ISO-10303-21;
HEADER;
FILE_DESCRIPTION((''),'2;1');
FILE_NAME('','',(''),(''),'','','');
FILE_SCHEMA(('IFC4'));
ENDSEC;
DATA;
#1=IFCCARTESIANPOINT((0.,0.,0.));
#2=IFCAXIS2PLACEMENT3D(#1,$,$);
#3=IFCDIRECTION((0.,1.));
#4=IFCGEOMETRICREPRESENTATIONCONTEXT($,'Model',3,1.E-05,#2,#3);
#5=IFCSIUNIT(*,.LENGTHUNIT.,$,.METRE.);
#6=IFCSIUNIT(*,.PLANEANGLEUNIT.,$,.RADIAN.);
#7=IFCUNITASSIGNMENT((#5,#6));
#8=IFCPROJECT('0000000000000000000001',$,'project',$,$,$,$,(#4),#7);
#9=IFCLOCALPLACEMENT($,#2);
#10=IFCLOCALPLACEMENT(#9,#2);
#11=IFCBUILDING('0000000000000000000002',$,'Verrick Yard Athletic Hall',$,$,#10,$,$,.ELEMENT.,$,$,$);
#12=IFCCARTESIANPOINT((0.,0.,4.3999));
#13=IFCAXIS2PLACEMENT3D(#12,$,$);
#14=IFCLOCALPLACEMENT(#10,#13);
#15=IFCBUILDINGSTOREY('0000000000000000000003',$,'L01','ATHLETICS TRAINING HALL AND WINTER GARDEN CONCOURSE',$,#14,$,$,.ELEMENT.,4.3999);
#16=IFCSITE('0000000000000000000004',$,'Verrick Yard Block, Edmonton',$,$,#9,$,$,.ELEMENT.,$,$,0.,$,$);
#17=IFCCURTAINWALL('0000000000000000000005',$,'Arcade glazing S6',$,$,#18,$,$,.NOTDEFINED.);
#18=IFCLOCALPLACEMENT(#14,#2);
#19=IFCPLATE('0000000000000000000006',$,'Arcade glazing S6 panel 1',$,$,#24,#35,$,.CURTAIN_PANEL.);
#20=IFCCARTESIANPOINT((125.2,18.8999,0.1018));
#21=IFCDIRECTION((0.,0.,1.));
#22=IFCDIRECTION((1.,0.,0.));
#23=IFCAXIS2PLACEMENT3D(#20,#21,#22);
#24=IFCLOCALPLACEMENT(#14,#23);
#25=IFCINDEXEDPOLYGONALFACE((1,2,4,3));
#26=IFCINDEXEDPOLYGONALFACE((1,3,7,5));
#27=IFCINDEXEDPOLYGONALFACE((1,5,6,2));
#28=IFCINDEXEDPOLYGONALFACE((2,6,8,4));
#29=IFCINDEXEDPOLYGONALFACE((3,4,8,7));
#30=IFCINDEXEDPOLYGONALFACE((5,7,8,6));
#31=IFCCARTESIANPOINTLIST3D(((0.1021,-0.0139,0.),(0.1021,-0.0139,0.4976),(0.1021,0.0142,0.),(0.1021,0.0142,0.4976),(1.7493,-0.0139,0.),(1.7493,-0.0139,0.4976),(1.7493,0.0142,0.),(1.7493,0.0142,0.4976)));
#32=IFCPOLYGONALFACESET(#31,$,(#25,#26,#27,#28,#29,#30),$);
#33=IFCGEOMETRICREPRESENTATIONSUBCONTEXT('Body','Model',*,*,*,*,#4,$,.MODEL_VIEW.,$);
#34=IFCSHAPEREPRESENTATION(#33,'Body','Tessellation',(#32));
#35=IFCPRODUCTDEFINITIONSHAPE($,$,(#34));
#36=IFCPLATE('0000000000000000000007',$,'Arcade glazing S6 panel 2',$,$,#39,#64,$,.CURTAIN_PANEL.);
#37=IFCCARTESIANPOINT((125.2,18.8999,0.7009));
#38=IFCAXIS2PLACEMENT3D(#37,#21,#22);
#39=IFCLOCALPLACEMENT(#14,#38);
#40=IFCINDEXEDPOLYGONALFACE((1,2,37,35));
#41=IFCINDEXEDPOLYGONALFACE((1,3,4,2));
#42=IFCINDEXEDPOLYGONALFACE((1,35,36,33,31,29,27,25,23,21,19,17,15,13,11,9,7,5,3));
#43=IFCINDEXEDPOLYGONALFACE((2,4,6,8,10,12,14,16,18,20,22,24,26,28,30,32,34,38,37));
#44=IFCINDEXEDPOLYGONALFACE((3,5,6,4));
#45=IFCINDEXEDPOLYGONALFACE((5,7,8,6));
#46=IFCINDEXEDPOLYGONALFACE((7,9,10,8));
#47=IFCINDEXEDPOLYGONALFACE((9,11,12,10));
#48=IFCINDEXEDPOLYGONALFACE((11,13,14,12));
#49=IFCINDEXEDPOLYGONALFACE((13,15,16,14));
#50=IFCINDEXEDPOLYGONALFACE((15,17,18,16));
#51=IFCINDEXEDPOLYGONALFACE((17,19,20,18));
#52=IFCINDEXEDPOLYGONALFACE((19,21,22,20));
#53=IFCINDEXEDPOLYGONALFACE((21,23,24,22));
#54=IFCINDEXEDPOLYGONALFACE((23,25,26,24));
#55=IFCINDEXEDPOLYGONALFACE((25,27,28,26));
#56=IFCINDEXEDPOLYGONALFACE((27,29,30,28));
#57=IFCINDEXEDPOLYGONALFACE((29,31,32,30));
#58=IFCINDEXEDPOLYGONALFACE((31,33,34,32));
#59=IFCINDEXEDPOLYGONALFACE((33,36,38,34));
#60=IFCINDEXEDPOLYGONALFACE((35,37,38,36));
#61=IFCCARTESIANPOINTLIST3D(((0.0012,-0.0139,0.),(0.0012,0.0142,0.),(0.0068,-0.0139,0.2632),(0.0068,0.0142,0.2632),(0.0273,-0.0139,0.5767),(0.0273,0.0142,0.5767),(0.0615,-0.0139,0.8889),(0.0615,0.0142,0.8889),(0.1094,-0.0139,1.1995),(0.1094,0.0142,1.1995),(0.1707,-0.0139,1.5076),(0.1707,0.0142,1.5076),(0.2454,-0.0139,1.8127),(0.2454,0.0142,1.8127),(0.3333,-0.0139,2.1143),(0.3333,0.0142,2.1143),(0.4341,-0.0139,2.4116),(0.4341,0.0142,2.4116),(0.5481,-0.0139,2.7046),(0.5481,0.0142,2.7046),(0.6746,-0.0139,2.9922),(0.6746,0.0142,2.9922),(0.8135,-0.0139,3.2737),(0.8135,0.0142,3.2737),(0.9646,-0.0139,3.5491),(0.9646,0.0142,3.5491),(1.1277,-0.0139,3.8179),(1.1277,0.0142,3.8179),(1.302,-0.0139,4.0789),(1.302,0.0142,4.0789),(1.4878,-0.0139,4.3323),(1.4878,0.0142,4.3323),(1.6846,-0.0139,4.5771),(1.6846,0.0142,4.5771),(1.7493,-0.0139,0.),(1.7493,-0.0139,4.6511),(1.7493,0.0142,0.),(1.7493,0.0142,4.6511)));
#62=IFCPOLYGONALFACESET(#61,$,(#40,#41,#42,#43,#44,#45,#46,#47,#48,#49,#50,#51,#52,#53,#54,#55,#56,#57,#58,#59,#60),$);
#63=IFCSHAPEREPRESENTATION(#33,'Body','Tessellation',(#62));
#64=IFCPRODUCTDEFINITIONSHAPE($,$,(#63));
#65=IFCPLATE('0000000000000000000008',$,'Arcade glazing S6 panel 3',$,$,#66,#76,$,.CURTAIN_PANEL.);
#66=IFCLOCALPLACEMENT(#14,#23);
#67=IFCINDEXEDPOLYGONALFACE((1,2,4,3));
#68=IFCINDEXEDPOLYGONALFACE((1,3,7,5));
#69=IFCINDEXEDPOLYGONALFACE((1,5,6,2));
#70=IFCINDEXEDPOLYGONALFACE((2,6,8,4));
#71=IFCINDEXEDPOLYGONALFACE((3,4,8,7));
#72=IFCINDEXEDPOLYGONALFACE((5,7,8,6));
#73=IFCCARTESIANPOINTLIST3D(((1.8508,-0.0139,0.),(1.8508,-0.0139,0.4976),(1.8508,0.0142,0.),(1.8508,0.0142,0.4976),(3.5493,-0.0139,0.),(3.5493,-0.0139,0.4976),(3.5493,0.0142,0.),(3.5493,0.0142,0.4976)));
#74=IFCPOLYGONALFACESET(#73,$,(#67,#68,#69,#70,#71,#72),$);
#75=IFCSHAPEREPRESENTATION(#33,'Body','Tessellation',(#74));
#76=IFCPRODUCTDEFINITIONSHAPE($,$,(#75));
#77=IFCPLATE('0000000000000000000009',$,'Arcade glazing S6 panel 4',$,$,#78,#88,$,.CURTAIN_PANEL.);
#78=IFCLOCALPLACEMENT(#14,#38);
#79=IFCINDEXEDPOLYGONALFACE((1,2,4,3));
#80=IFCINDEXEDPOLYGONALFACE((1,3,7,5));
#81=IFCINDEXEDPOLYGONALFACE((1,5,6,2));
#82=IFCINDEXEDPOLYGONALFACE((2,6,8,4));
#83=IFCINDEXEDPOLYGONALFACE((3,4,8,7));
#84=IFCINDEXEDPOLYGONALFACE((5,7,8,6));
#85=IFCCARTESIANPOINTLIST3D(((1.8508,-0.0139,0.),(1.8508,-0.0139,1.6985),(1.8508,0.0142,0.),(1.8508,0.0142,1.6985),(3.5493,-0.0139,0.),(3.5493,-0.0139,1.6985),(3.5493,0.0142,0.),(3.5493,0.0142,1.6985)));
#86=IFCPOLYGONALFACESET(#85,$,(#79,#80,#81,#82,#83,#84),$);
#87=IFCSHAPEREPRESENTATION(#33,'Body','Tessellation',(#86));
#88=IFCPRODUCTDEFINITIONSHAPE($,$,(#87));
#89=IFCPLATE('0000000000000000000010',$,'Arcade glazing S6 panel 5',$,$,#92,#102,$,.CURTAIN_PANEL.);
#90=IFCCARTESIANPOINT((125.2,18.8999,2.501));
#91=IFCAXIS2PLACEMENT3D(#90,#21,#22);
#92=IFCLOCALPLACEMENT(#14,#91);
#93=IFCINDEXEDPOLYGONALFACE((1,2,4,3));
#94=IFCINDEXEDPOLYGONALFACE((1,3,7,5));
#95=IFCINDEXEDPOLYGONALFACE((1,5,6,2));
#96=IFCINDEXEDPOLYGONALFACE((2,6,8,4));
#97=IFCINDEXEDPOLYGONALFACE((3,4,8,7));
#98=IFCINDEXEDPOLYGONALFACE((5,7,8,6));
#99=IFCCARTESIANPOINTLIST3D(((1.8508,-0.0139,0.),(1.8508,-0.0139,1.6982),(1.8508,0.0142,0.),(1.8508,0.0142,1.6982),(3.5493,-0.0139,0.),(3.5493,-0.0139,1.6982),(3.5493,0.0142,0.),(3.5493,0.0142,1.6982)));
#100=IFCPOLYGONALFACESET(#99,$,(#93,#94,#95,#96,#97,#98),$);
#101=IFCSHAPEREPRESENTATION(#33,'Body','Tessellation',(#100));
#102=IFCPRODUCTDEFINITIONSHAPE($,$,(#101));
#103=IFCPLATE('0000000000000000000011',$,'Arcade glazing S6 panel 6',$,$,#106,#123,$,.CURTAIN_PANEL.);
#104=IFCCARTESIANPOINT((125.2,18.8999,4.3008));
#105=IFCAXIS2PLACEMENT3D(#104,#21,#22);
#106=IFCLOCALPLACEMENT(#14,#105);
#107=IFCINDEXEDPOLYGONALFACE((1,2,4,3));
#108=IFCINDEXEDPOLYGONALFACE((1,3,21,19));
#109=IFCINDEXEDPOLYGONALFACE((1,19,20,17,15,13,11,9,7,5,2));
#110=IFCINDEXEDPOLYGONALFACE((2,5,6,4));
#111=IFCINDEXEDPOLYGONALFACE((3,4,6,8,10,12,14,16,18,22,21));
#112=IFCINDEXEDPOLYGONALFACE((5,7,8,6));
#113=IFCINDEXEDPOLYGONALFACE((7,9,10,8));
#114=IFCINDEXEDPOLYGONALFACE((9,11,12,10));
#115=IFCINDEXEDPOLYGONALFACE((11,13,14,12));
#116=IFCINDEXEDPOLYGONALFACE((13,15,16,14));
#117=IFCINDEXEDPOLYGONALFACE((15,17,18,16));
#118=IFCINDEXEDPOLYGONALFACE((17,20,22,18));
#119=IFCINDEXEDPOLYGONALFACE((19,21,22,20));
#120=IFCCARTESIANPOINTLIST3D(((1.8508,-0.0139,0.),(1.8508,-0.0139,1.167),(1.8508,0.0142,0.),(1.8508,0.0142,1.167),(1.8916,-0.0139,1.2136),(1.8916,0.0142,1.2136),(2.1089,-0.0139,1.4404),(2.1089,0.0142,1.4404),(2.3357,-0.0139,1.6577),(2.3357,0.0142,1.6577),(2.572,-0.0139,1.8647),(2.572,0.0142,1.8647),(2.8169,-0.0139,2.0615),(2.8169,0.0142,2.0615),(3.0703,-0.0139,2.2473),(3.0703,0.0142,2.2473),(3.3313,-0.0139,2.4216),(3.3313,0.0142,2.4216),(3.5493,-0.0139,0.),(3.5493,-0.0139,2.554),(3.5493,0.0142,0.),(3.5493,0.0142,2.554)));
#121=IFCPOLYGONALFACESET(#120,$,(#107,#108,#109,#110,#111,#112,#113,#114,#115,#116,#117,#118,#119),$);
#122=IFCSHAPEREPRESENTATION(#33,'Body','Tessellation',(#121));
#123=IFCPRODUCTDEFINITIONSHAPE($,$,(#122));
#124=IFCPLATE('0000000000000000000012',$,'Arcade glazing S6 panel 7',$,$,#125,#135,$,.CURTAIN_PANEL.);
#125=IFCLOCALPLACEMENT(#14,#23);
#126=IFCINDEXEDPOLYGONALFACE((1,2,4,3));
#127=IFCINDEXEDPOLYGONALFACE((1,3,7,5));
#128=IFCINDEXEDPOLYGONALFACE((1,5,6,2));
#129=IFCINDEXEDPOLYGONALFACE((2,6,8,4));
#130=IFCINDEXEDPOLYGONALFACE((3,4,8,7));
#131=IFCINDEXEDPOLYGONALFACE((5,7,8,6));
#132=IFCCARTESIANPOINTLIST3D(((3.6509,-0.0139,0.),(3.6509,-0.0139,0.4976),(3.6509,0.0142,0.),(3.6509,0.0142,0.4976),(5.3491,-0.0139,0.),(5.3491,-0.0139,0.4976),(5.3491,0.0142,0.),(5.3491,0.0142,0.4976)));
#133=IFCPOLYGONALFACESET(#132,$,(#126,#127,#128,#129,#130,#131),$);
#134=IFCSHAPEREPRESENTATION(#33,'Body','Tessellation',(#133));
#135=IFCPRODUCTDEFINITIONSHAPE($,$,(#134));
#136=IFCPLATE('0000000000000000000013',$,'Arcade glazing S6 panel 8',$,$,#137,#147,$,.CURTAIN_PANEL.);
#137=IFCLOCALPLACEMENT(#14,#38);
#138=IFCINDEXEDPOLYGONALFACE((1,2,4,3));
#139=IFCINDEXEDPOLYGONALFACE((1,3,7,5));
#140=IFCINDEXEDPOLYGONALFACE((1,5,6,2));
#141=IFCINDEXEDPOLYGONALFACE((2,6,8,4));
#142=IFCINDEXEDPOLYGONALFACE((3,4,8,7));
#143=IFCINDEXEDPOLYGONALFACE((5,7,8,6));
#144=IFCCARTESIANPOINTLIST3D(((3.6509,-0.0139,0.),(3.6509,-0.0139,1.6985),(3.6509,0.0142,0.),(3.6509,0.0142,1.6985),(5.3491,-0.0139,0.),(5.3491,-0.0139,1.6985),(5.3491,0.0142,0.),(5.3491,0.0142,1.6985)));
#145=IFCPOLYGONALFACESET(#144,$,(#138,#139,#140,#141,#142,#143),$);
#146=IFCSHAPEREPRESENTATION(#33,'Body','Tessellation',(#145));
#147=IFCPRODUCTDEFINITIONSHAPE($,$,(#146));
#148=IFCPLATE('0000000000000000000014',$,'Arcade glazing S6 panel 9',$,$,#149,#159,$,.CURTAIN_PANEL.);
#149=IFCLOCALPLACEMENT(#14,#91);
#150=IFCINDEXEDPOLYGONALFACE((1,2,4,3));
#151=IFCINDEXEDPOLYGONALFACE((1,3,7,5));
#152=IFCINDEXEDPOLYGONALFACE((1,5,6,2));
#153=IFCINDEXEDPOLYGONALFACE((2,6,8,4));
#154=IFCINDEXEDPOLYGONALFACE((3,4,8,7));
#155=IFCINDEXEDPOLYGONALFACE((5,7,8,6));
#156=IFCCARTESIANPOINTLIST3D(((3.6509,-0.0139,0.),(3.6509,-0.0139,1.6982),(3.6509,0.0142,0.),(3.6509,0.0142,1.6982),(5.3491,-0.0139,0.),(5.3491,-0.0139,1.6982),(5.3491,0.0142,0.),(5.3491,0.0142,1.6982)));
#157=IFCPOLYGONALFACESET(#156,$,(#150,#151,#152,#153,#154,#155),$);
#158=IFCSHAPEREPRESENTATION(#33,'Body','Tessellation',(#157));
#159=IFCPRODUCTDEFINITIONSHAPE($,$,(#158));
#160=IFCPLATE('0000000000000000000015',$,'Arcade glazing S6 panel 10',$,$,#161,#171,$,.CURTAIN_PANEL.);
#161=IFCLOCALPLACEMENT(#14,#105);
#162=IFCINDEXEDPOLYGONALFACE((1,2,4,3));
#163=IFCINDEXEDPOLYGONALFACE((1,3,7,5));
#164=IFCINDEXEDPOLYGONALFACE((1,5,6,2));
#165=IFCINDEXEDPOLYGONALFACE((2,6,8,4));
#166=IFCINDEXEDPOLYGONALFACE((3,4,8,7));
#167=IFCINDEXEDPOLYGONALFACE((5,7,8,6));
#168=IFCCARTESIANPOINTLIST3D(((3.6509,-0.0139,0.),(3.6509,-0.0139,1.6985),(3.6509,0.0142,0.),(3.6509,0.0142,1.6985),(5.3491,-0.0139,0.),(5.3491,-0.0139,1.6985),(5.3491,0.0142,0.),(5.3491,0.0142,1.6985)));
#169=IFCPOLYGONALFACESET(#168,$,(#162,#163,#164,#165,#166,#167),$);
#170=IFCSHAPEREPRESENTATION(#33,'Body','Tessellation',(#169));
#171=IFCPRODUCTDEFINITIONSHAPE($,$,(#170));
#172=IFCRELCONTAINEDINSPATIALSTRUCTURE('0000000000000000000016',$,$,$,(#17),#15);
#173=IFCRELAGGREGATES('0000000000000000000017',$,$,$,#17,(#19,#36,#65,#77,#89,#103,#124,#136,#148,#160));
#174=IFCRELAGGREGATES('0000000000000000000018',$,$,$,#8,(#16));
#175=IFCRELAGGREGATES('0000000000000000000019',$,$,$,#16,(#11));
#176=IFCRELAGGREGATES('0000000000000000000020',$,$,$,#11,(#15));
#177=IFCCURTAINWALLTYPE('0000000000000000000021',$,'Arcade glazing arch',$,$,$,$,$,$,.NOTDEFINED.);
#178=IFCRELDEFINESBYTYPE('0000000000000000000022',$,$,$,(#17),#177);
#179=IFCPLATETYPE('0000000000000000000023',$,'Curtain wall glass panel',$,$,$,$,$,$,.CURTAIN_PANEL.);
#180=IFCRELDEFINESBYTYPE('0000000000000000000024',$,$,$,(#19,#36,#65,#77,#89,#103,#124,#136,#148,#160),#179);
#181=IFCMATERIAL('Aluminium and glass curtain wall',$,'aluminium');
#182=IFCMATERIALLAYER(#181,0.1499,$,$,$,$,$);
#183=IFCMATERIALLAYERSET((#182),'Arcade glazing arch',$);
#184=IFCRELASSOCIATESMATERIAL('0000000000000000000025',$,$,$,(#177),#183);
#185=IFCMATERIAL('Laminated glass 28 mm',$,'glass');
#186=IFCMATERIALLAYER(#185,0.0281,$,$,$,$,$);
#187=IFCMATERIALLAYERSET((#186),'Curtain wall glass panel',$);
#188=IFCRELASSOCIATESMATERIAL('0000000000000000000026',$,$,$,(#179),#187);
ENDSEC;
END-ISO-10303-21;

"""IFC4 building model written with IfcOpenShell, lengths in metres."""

from ifc_helpers import new_model, si_unit, direction, frame, origin, place, context, subcontext, project, spatial, polyline, outline, extrude, material, layer, layer_set, type_object, element, aggregate, save


model = new_model("IFC4")

# Units and contexts
model_context = context("Model", 3, precision=1e-05, world=origin(), true_north=direction((0.0, 1.0)))
body_context = subcontext(model_context, "Body", "Model", "MODEL_VIEW")
ifc_project = project(units=[si_unit("LENGTHUNIT", "METRE"), si_unit("PLANEANGLEUNIT", "RADIAN")], contexts=[model_context])

# Site, building, storey
site_placement = place(None, origin())
site = spatial("IfcSite", under=ifc_project, at=site_placement, Name="Verrick Yard Block, Edmonton", CompositionType="ELEMENT", RefElevation=0.0)
building_placement = place(site_placement, origin())
building = spatial("IfcBuilding", under=site, at=building_placement, Name="Verrick Yard Athletic Hall", CompositionType="ELEMENT")
storey_placement = place(building_placement, frame((0.0, 0.0, 4.3999)))
storey = spatial("IfcBuildingStorey", under=building, at=storey_placement, Name="L01", Description="ATHLETICS TRAINING HALL AND WINTER GARDEN CONCOURSE", CompositionType="ELEMENT", Elevation=4.3999)

# Shared definitions
ifc_material_1 = material(Name="Aluminium and glass curtain wall", Category="aluminium")
ifc_layer_1 = layer(ifc_material_1, 0.1499)
ifc_layer_set_1 = layer_set([ifc_layer_1], Name="Arcade glazing arch")
curtain_wall_type = type_object("IfcCurtainWallType", Name="Arcade glazing arch", PredefinedType="NOTDEFINED", material=ifc_layer_set_1)

# Curtain wall, plates
curtain_wall_1_placement = place(storey_placement, origin())
curtain_wall_1 = element("IfcCurtainWall", 1, at=curtain_wall_1_placement, inside=storey, type_object=curtain_wall_type, Name="Arcade glazing S6", PredefinedType="NOTDEFINED")
ifc_material_2 = material(Name="Laminated glass 28 mm", Category="glass")
ifc_layer_2 = layer(ifc_material_2, 0.0281)
ifc_layer_set_2 = layer_set([ifc_layer_2], Name="Curtain wall glass panel")
plate_type = type_object("IfcPlateType", Name="Curtain wall glass panel", PredefinedType="CURTAIN_PANEL", material=ifc_layer_set_2)
plate_1_placement = place(storey_placement, frame((125.2, 18.8999, 0.1018), z_axis=(0.0, 0.0, 1.0), x_axis=(1.0, 0.0, 0.0)))
plate_1 = element("IfcPlate", 2, at=plate_1_placement, type_object=plate_type, Name="Arcade glazing S6 panel 1", PredefinedType="CURTAIN_PANEL", context=body_context, shape_type="SweptSolid", body=[
    extrude(outline(polyline([(1.7493, 0.0), (1.7493, 0.4976), (0.1021, 0.4976), (0.1021, 0.0), (1.7493, 0.0)])), frame((0.0, 0.0142, 0.0), z_axis=(0.0, -1.0, 0.0), x_axis=(1.0, 0.0, 0.0)), (0.0, 0.0, 1.0), 0.0281),
])
plate_2_placement = place(storey_placement, frame((125.2, 18.8999, 0.7009), z_axis=(0.0, 0.0, 1.0), x_axis=(1.0, 0.0, 0.0)))
plate_2 = element("IfcPlate", 3, at=plate_2_placement, type_object=plate_type, Name="Arcade glazing S6 panel 2", PredefinedType="CURTAIN_PANEL", context=body_context, shape_type="SweptSolid", body=[
    extrude(outline(polyline([(1.7493, 4.6511), (1.6846, 4.5771), (1.4878, 4.3323), (1.302, 4.0789), (1.1277, 3.8179), (0.9646, 3.5491), (0.8135, 3.2737), (0.6746, 2.9922), (0.5481, 2.7046), (0.4341, 2.4116), (0.3333, 2.1143), (0.2454, 1.8127), (0.1707, 1.5076), (0.1094, 1.1995), (0.0615, 0.8889), (0.0273, 0.5767), (0.0068, 0.2632), (0.0012, 0.0), (1.7493, 0.0), (1.7493, 4.6511)])), frame((0.0, 0.0142, 0.0), z_axis=(0.0, -1.0, 0.0), x_axis=(1.0, 0.0, 0.0)), (0.0, 0.0, 1.0), 0.0281),
])
plate_3_placement = place(storey_placement, frame((125.2, 18.8999, 0.1018), z_axis=(0.0, 0.0, 1.0), x_axis=(1.0, 0.0, 0.0)))
plate_3 = element("IfcPlate", 4, at=plate_3_placement, type_object=plate_type, Name="Arcade glazing S6 panel 3", PredefinedType="CURTAIN_PANEL", context=body_context, shape_type="SweptSolid", body=[
    extrude(outline(polyline([(3.5493, 0.0), (3.5493, 0.4976), (1.8508, 0.4976), (1.8508, 0.0), (3.5493, 0.0)])), frame((0.0, 0.0142, 0.0), z_axis=(0.0, -1.0, 0.0), x_axis=(1.0, 0.0, 0.0)), (0.0, 0.0, 1.0), 0.0281),
])
plate_4_placement = place(storey_placement, frame((125.2, 18.8999, 0.7009), z_axis=(0.0, 0.0, 1.0), x_axis=(1.0, 0.0, 0.0)))
plate_4 = element("IfcPlate", 5, at=plate_4_placement, type_object=plate_type, Name="Arcade glazing S6 panel 4", PredefinedType="CURTAIN_PANEL", context=body_context, shape_type="SweptSolid", body=[
    extrude(outline(polyline([(3.5493, 0.0), (3.5493, 1.6985), (1.8508, 1.6985), (1.8508, 0.0), (3.5493, 0.0)])), frame((0.0, 0.0142, 0.0), z_axis=(0.0, -1.0, 0.0), x_axis=(1.0, 0.0, 0.0)), (0.0, 0.0, 1.0), 0.0281),
])
plate_5_placement = place(storey_placement, frame((125.2, 18.8999, 2.501), z_axis=(0.0, 0.0, 1.0), x_axis=(1.0, 0.0, 0.0)))
plate_5 = element("IfcPlate", 6, at=plate_5_placement, type_object=plate_type, Name="Arcade glazing S6 panel 5", PredefinedType="CURTAIN_PANEL", context=body_context, shape_type="SweptSolid", body=[
    extrude(outline(polyline([(3.5493, 0.0), (3.5493, 1.6982), (1.8508, 1.6982), (1.8508, 0.0), (3.5493, 0.0)])), frame((0.0, 0.0142, 0.0), z_axis=(0.0, -1.0, 0.0), x_axis=(1.0, 0.0, 0.0)), (0.0, 0.0, 1.0), 0.0281),
])
plate_6_placement = place(storey_placement, frame((125.2, 18.8999, 4.3008), z_axis=(0.0, 0.0, 1.0), x_axis=(1.0, 0.0, 0.0)))
plate_6 = element("IfcPlate", 7, at=plate_6_placement, type_object=plate_type, Name="Arcade glazing S6 panel 6", PredefinedType="CURTAIN_PANEL", context=body_context, shape_type="SweptSolid", body=[
    extrude(outline(polyline([(3.5493, 2.554), (3.3313, 2.4216), (3.0703, 2.2473), (2.8169, 2.0615), (2.572, 1.8647), (2.3357, 1.6577), (2.1089, 1.4404), (1.8916, 1.2136), (1.8508, 1.167), (1.8508, 0.0), (3.5493, 0.0), (3.5493, 2.554)])), frame((0.0, 0.0142, 0.0), z_axis=(0.0, -1.0, 0.0), x_axis=(1.0, 0.0, 0.0)), (0.0, 0.0, 1.0), 0.0281),
])
plate_7_placement = place(storey_placement, frame((125.2, 18.8999, 0.1018), z_axis=(0.0, 0.0, 1.0), x_axis=(1.0, 0.0, 0.0)))
plate_7 = element("IfcPlate", 8, at=plate_7_placement, type_object=plate_type, Name="Arcade glazing S6 panel 7", PredefinedType="CURTAIN_PANEL", context=body_context, shape_type="SweptSolid", body=[
    extrude(outline(polyline([(5.3491, 0.0), (5.3491, 0.4976), (3.6509, 0.4976), (3.6509, 0.0), (5.3491, 0.0)])), frame((0.0, 0.0142, 0.0), z_axis=(0.0, -1.0, 0.0), x_axis=(1.0, 0.0, 0.0)), (0.0, 0.0, 1.0), 0.0281),
])
plate_8_placement = place(storey_placement, frame((125.2, 18.8999, 0.7009), z_axis=(0.0, 0.0, 1.0), x_axis=(1.0, 0.0, 0.0)))
plate_8 = element("IfcPlate", 9, at=plate_8_placement, type_object=plate_type, Name="Arcade glazing S6 panel 8", PredefinedType="CURTAIN_PANEL", context=body_context, shape_type="SweptSolid", body=[
    extrude(outline(polyline([(5.3491, 0.0), (5.3491, 1.6985), (3.6509, 1.6985), (3.6509, 0.0), (5.3491, 0.0)])), frame((0.0, 0.0142, 0.0), z_axis=(0.0, -1.0, 0.0), x_axis=(1.0, 0.0, 0.0)), (0.0, 0.0, 1.0), 0.0281),
])
plate_9_placement = place(storey_placement, frame((125.2, 18.8999, 2.501), z_axis=(0.0, 0.0, 1.0), x_axis=(1.0, 0.0, 0.0)))
plate_9 = element("IfcPlate", 10, at=plate_9_placement, type_object=plate_type, Name="Arcade glazing S6 panel 9", PredefinedType="CURTAIN_PANEL", context=body_context, shape_type="SweptSolid", body=[
    extrude(outline(polyline([(5.3491, 0.0), (5.3491, 1.6982), (3.6509, 1.6982), (3.6509, 0.0), (5.3491, 0.0)])), frame((0.0, 0.0142, 0.0), z_axis=(0.0, -1.0, 0.0), x_axis=(1.0, 0.0, 0.0)), (0.0, 0.0, 1.0), 0.0281),
])
plate_10_placement = place(storey_placement, frame((125.2, 18.8999, 4.3008), z_axis=(0.0, 0.0, 1.0), x_axis=(1.0, 0.0, 0.0)))
plate_10 = element("IfcPlate", 11, at=plate_10_placement, type_object=plate_type, Name="Arcade glazing S6 panel 10", PredefinedType="CURTAIN_PANEL", context=body_context, shape_type="SweptSolid", body=[
    extrude(outline(polyline([(5.3491, 0.0), (5.3491, 1.6985), (3.6509, 1.6985), (3.6509, 0.0), (5.3491, 0.0)])), frame((0.0, 0.0142, 0.0), z_axis=(0.0, -1.0, 0.0), x_axis=(1.0, 0.0, 0.0)), (0.0, 0.0, 1.0), 0.0281),
])
aggregate(curtain_wall_1, [plate_1, plate_2, plate_3, plate_4, plate_5, plate_6, plate_7, plate_8, plate_9, plate_10])

save(model, "model.ifc")
